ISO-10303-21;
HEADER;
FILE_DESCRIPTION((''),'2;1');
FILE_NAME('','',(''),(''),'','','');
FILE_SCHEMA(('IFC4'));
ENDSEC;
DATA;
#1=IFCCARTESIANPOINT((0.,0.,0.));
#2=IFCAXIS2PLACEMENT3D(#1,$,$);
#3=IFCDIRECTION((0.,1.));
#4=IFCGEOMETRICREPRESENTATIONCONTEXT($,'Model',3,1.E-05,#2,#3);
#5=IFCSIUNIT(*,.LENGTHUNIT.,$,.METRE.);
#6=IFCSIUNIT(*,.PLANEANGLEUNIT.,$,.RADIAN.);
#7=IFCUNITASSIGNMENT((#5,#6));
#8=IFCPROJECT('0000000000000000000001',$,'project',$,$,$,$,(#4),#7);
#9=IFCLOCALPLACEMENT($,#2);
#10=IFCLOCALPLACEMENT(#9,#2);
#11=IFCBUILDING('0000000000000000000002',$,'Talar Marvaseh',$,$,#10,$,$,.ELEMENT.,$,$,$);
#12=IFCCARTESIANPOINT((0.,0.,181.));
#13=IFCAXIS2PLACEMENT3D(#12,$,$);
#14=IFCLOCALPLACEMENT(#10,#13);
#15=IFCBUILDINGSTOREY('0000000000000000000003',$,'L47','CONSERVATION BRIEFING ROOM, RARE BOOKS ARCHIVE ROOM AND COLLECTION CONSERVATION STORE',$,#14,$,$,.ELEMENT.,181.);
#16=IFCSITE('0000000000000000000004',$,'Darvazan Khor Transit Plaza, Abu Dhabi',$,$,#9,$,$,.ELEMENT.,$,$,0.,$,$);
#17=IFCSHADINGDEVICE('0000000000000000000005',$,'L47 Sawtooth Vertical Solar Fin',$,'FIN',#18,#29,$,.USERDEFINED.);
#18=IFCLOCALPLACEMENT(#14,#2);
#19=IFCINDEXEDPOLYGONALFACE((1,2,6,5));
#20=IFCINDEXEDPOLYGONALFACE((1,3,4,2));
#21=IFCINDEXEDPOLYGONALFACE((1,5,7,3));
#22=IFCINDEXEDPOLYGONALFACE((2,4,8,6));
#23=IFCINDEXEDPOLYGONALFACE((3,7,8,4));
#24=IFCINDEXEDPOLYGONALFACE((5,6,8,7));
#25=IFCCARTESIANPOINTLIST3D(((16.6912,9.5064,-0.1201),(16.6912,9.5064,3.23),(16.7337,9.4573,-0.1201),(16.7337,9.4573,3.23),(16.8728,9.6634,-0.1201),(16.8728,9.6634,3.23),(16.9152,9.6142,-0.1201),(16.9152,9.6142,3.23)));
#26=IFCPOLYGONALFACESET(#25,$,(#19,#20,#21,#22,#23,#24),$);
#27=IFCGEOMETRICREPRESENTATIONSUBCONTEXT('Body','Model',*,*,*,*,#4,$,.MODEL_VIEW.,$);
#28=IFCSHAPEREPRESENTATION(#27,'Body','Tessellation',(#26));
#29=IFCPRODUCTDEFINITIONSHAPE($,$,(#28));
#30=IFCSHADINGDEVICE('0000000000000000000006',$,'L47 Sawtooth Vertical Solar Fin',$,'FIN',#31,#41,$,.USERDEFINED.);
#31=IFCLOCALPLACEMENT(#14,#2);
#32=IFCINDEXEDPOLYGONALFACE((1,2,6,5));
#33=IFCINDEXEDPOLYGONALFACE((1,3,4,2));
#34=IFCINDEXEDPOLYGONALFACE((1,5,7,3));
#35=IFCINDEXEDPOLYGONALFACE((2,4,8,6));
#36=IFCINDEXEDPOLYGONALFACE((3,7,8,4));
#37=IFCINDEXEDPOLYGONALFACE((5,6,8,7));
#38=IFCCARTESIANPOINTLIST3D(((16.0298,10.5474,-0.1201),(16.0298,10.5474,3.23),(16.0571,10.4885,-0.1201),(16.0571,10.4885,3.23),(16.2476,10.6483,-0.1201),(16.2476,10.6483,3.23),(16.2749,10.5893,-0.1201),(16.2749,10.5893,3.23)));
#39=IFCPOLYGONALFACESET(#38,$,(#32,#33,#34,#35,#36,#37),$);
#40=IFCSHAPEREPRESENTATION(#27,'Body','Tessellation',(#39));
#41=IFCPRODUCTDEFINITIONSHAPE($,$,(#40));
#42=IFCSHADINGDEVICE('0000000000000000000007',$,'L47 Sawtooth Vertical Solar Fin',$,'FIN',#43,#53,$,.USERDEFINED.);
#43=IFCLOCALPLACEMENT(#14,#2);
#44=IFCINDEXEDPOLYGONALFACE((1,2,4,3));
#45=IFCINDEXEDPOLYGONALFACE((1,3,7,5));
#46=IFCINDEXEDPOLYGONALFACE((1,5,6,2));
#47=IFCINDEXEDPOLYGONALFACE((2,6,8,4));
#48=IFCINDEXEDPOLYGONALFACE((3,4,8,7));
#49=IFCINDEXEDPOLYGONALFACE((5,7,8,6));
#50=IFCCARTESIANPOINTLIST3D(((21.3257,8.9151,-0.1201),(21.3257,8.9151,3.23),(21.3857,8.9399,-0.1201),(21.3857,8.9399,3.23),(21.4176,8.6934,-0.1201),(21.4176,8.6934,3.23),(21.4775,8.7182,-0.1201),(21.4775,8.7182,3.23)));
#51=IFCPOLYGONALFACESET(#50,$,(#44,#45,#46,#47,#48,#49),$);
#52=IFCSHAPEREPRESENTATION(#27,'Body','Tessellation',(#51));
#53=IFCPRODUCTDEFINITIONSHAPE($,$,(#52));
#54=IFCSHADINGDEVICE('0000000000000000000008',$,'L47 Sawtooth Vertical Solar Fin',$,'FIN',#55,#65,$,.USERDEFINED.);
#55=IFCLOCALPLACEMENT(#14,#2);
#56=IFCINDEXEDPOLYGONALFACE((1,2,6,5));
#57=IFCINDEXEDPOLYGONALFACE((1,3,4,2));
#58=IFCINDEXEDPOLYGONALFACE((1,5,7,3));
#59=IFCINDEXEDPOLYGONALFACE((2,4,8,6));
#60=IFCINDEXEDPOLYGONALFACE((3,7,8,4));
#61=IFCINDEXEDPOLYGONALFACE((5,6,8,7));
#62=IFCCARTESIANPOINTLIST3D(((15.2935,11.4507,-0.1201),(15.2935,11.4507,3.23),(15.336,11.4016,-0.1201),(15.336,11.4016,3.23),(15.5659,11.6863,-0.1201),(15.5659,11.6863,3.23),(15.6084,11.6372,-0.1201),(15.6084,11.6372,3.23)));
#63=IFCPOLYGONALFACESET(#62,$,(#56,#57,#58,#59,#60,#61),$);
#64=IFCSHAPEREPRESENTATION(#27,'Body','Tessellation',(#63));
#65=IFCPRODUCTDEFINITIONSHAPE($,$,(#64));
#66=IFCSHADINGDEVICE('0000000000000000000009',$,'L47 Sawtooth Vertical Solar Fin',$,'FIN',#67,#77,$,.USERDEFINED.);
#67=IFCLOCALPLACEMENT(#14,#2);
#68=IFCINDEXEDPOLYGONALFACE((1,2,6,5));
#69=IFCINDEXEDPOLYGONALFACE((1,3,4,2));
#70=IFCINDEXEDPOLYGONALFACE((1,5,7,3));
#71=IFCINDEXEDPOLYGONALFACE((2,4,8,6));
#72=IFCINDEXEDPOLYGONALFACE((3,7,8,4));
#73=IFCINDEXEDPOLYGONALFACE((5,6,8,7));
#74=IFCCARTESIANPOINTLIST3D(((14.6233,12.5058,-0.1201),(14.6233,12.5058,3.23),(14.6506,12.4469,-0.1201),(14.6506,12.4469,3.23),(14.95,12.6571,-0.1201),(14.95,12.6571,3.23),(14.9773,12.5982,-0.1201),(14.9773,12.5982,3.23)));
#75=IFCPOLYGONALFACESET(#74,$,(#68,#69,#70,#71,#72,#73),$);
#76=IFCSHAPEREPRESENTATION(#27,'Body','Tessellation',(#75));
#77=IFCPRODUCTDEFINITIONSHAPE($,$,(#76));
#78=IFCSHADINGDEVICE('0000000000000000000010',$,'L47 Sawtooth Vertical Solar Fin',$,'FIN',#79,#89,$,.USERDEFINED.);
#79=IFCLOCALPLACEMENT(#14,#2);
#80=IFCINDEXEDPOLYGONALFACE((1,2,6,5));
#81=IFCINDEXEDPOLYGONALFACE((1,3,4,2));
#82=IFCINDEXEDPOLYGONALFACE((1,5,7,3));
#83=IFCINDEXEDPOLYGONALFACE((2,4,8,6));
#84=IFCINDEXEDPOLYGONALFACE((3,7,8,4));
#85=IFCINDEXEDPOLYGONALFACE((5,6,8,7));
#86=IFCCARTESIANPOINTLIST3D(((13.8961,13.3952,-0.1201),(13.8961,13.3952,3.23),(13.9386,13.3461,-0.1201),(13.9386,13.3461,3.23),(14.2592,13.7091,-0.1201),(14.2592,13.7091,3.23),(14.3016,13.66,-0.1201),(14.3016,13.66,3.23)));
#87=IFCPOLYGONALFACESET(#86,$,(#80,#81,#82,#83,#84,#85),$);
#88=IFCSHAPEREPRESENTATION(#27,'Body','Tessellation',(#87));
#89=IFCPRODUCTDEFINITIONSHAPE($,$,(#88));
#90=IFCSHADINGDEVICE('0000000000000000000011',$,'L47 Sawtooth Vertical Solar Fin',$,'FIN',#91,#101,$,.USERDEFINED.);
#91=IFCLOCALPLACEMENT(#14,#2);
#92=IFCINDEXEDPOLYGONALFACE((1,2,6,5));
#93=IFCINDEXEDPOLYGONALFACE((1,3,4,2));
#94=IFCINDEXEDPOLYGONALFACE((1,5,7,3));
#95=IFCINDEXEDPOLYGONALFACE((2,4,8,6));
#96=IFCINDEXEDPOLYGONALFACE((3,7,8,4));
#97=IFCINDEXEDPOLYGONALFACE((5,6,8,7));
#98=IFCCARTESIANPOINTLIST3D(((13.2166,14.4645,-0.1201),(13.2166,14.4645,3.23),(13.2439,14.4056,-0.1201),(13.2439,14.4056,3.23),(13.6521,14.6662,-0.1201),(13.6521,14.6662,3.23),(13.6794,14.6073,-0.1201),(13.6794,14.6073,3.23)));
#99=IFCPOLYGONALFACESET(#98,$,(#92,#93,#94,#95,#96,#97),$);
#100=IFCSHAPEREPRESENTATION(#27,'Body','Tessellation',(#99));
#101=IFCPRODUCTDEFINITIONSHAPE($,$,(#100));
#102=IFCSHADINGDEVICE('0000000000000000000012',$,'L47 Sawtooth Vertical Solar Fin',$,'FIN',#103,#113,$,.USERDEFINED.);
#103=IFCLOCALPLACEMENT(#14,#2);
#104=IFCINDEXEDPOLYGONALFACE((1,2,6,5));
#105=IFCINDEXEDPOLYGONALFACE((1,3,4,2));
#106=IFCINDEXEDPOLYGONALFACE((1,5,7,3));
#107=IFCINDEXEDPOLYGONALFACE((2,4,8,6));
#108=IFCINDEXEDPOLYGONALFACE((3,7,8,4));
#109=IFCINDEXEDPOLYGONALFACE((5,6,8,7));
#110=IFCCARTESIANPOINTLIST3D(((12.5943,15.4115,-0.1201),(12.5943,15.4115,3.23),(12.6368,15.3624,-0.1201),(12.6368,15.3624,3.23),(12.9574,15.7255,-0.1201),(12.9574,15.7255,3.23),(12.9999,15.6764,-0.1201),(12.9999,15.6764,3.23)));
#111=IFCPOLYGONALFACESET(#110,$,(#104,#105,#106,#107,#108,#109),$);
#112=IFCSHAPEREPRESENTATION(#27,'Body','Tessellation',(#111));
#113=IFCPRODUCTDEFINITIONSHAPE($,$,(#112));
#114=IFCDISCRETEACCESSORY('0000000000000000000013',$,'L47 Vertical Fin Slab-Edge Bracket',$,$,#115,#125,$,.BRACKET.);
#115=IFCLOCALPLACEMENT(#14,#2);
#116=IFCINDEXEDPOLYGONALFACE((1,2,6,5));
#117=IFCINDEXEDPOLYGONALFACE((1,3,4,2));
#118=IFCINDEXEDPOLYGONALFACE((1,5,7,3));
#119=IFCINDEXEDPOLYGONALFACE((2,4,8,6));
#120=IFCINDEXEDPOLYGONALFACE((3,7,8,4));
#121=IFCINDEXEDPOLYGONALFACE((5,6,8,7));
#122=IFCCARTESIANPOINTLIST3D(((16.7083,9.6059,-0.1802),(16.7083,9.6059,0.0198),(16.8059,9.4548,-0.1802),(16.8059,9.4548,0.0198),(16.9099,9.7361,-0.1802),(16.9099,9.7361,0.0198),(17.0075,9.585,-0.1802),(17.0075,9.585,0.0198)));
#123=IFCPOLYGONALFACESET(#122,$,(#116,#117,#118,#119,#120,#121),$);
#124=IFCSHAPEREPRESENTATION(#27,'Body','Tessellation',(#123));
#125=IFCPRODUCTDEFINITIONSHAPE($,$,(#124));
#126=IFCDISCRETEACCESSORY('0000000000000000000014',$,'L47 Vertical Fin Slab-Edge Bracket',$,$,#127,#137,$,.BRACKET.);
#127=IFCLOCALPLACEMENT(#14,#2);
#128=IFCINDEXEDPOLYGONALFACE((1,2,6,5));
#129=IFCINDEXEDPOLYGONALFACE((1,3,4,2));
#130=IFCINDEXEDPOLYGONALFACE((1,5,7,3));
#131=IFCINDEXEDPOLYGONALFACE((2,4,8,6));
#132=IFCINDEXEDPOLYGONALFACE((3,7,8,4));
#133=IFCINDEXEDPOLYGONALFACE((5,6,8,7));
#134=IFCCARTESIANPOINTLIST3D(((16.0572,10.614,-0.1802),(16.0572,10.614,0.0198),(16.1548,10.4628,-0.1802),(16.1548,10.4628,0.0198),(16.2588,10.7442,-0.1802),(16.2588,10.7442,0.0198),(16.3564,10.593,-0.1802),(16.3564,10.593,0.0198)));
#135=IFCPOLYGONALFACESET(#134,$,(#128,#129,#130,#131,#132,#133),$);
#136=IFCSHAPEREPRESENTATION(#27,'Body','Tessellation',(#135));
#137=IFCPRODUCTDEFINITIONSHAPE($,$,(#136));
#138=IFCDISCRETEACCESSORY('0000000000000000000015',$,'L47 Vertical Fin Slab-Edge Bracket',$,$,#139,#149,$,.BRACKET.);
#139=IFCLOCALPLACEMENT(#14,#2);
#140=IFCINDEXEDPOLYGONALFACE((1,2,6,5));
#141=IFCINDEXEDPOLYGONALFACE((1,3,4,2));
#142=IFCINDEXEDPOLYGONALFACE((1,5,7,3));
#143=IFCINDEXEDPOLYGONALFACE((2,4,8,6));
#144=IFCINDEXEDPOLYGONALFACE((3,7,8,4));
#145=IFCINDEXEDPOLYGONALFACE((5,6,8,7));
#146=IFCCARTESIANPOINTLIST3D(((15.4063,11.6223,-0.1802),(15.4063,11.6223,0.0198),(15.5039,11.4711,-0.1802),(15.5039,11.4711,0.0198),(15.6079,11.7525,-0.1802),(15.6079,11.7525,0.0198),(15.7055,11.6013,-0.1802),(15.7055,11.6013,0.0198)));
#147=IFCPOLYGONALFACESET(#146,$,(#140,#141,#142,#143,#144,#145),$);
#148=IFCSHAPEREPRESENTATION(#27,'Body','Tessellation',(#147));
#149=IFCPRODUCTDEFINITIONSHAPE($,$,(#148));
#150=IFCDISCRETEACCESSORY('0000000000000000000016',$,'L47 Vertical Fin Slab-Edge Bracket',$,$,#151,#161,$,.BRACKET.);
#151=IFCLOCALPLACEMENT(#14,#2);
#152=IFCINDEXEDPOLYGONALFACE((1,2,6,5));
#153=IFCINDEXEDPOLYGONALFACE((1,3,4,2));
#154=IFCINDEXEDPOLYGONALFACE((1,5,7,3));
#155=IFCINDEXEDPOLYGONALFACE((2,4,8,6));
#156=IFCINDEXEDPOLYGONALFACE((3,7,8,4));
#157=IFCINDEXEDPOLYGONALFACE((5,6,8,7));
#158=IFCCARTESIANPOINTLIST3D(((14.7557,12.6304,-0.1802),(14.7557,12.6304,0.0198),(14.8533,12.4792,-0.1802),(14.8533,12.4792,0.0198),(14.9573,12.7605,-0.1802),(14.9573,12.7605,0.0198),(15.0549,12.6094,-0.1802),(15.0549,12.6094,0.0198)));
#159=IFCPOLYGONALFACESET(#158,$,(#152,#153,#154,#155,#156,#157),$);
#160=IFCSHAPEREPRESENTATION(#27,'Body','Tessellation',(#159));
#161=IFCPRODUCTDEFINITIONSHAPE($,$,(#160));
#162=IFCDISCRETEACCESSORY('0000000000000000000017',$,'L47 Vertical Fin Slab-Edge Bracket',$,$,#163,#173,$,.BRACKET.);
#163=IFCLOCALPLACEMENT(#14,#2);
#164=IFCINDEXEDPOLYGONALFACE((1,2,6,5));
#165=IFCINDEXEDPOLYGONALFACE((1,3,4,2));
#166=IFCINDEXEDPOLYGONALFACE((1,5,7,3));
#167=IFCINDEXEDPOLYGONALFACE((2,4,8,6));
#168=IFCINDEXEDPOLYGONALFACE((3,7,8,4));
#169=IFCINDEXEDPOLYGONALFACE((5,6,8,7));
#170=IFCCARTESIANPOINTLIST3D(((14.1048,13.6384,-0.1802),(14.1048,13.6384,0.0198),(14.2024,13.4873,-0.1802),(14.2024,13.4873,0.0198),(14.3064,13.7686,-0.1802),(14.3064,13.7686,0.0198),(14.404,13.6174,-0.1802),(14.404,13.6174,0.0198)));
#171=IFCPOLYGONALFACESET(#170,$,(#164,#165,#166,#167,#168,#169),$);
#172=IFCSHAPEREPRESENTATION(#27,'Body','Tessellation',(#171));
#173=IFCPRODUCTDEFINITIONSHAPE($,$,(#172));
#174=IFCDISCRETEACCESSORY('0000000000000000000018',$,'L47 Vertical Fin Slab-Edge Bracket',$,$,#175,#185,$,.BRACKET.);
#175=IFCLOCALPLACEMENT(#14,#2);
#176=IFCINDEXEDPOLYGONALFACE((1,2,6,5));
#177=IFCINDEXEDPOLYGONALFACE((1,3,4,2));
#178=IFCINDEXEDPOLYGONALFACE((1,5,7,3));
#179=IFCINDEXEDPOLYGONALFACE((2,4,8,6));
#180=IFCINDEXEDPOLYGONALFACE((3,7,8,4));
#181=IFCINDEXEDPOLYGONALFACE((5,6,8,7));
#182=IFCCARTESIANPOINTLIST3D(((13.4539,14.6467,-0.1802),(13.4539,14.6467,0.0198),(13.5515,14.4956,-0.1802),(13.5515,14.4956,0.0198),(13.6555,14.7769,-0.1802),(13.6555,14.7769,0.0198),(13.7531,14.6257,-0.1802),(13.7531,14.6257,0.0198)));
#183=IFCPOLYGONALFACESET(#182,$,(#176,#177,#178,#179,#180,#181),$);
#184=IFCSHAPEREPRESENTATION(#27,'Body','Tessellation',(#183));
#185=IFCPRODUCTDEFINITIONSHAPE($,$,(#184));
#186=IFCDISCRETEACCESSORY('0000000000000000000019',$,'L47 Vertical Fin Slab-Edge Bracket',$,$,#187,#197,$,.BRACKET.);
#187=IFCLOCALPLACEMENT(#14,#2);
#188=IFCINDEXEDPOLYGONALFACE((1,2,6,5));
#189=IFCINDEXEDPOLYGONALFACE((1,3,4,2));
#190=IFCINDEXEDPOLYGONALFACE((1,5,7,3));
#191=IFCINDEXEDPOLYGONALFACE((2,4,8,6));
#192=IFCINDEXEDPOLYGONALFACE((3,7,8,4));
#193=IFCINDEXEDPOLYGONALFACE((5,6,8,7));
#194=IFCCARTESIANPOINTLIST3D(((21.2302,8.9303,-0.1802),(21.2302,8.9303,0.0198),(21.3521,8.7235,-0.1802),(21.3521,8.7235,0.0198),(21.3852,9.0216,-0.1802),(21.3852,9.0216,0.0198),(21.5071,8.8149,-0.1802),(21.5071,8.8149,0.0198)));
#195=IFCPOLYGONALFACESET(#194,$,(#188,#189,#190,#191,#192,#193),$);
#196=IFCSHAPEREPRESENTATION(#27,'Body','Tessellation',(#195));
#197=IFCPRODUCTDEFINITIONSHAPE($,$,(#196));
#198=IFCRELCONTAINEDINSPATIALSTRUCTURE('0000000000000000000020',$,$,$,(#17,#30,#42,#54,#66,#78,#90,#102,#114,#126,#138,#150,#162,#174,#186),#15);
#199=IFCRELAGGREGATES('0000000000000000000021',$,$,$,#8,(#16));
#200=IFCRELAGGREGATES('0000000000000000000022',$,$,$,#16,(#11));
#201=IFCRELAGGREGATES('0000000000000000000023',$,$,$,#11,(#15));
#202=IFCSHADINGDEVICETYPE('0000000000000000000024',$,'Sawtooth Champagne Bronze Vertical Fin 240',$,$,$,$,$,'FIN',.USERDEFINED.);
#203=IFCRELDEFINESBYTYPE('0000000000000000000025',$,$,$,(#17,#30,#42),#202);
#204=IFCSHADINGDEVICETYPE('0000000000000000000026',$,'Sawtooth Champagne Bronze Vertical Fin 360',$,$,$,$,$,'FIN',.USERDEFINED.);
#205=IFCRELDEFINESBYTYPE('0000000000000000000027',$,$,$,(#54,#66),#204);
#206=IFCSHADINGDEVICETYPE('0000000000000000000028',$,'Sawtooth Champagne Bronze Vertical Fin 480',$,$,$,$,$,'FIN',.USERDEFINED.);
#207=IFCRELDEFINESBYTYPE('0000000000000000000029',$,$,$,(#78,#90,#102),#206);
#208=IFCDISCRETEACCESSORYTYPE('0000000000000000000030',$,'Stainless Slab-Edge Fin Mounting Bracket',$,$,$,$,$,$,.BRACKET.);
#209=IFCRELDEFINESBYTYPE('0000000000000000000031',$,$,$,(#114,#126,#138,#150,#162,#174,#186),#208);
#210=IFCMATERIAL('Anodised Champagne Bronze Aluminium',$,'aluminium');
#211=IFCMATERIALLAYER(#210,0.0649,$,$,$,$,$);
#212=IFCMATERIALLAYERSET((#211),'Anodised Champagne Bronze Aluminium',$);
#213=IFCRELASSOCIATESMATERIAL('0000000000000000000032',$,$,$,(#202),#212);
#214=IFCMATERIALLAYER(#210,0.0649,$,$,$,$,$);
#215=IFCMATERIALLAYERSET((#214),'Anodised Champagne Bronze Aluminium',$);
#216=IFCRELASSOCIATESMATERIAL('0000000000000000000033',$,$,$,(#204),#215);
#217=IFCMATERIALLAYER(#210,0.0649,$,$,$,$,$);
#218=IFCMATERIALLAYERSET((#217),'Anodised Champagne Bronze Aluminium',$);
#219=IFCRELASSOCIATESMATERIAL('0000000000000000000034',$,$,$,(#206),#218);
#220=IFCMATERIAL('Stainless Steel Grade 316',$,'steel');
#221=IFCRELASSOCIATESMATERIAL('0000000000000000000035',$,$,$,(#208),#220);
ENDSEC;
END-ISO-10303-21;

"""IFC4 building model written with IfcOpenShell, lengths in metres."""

from ifc_helpers import new_model, si_unit, direction, frame, origin, origin_2d, place, context, subcontext, project, spatial, rectangle, extrude, source, transform, mapped, material, layer, layer_set, type_object, type_shapes, element, save


model = new_model("IFC4")

# Units and contexts
model_context = context("Model", 3, precision=1e-05, world=origin(), true_north=direction((0.0, 1.0)))
body_context = subcontext(model_context, "Body", "Model", "MODEL_VIEW")
ifc_project = project(units=[si_unit("LENGTHUNIT", "METRE"), si_unit("PLANEANGLEUNIT", "RADIAN")], contexts=[model_context])

# Site, building, storey
site_placement = place(None, origin())
site = spatial("IfcSite", under=ifc_project, at=site_placement, Name="Darvazan Khor Transit Plaza, Abu Dhabi", CompositionType="ELEMENT", RefElevation=0.0)
building_placement = place(site_placement, origin())
building = spatial("IfcBuilding", under=site, at=building_placement, Name="Talar Marvaseh", CompositionType="ELEMENT")
storey_placement = place(building_placement, frame((0.0, 0.0, 181.0)))
storey = spatial("IfcBuildingStorey", under=building, at=storey_placement, Name="L47", Description="CONSERVATION BRIEFING ROOM, RARE BOOKS ARCHIVE ROOM AND COLLECTION CONSERVATION STORE", CompositionType="ELEMENT", Elevation=181.0)

# Shading devices
ifc_material_1 = material(Name="Anodised Champagne Bronze Aluminium", Category="aluminium")
ifc_layer_1 = layer(ifc_material_1, 0.0649)
ifc_layer_set_1 = layer_set([ifc_layer_1], Name="Anodised Champagne Bronze Aluminium")
shading_device_type_1 = type_object("IfcShadingDeviceType", Name="Sawtooth Champagne Bronze Vertical Fin 240", ElementType="FIN", PredefinedType="USERDEFINED", material=ifc_layer_set_1)
shared_shape_1 = source(origin(), body_context, "Body", "SweptSolid", [
    extrude(rectangle(XDim=0.24, YDim=0.0649, at=origin_2d()), origin(), (0.0, 0.0, 1.0), 3.3501),
])
type_shapes(shading_device_type_1, [shared_shape_1])
for number, where, z_axis, x_axis, name in (
    (1, (16.8032, 9.5603, -0.1201), (0.0, 0.0, 1.0), (-0.756425, -0.654081, 0.0), "L47 Sawtooth Vertical Solar Fin"),
    (2, (16.1523, 10.5684, -0.1201), (0.0, 0.0, 1.0), (-0.907411, -0.420244, 0.0), "L47 Sawtooth Vertical Solar Fin"),
    (3, (21.4016, 8.8167, -0.1201), (0.0, 0.0, 1.0), (0.382845, -0.923813, 0.0), "L47 Sawtooth Vertical Solar Fin"),
):
    element("IfcShadingDevice", number, at=place(storey_placement, frame(where, z_axis=z_axis, x_axis=x_axis)), inside=storey, type_object=shading_device_type_1, Name=name, ObjectType="FIN", PredefinedType="USERDEFINED", context=body_context, shape_type="MappedRepresentation", body=[
        mapped(shared_shape_1, transform((0.0, 0.0, 0.0), x_axis=(1.0, 0.0, 0.0), y_axis=(0.0, 1.0, 0.0), z_axis=(0.0, 0.0, 1.0), scale=1.0)),
    ])
ifc_layer_2 = layer(ifc_material_1, 0.0649)
ifc_layer_set_2 = layer_set([ifc_layer_2], Name="Anodised Champagne Bronze Aluminium")
shading_device_type_2 = type_object("IfcShadingDeviceType", Name="Sawtooth Champagne Bronze Vertical Fin 360", ElementType="FIN", PredefinedType="USERDEFINED", material=ifc_layer_set_2)
shared_shape_2 = source(origin(), body_context, "Body", "SweptSolid", [
    extrude(rectangle(XDim=0.3601, YDim=0.0649, at=origin_2d()), origin(), (0.0, 0.0, 1.0), 3.3501),
])
type_shapes(shading_device_type_2, [shared_shape_2])
for number, where, z_axis, x_axis, name in (
    (4, (15.4509, 11.5439, -0.1201), (0.0, 0.0, 1.0), (-0.756425, -0.654081, 0.0), "L47 Sawtooth Vertical Solar Fin"),
    (5, (14.8003, 12.552, -0.1201), (0.0, 0.0, 1.0), (-0.907411, -0.420244, 0.0), "L47 Sawtooth Vertical Solar Fin"),
):
    element("IfcShadingDevice", number, at=place(storey_placement, frame(where, z_axis=z_axis, x_axis=x_axis)), inside=storey, type_object=shading_device_type_2, Name=name, ObjectType="FIN", PredefinedType="USERDEFINED", context=body_context, shape_type="MappedRepresentation", body=[
        mapped(shared_shape_2, transform((0.0, 0.0, 0.0), x_axis=(1.0, 0.0, 0.0), y_axis=(0.0, 1.0, 0.0), z_axis=(0.0, 0.0, 1.0), scale=1.0)),
    ])
ifc_layer_3 = layer(ifc_material_1, 0.0649)
ifc_layer_set_3 = layer_set([ifc_layer_3], Name="Anodised Champagne Bronze Aluminium")
shading_device_type_3 = type_object("IfcShadingDeviceType", Name="Sawtooth Champagne Bronze Vertical Fin 480", ElementType="FIN", PredefinedType="USERDEFINED", material=ifc_layer_set_3)
shared_shape_3 = source(origin(), body_context, "Body", "SweptSolid", [
    extrude(rectangle(XDim=0.48, YDim=0.0649, at=origin_2d()), origin(), (0.0, 0.0, 1.0), 3.3501),
])
type_shapes(shading_device_type_3, [shared_shape_3])
for number, where, z_axis, x_axis, name in (
    (6, (14.0989, 13.5276, -0.1201), (0.0, 0.0, 1.0), (-0.756425, -0.654081, 0.0), "L47 Sawtooth Vertical Solar Fin"),
    (7, (13.448, 14.5359, -0.1201), (0.0, 0.0, 1.0), (-0.907411, -0.420244, 0.0), "L47 Sawtooth Vertical Solar Fin"),
    (8, (12.7971, 15.5439, -0.1201), (0.0, 0.0, 1.0), (-0.756425, -0.654081, 0.0), "L47 Sawtooth Vertical Solar Fin"),
):
    element("IfcShadingDevice", number, at=place(storey_placement, frame(where, z_axis=z_axis, x_axis=x_axis)), inside=storey, type_object=shading_device_type_3, Name=name, ObjectType="FIN", PredefinedType="USERDEFINED", context=body_context, shape_type="MappedRepresentation", body=[
        mapped(shared_shape_3, transform((0.0, 0.0, 0.0), x_axis=(1.0, 0.0, 0.0), y_axis=(0.0, 1.0, 0.0), z_axis=(0.0, 0.0, 1.0), scale=1.0)),
    ])

# Discrete accessories
ifc_material_2 = material(Name="Stainless Steel Grade 316", Category="steel")
discrete_accessory_type = type_object("IfcDiscreteAccessoryType", Name="Stainless Slab-Edge Fin Mounting Bracket", PredefinedType="BRACKET", material=ifc_material_2)
shared_shape_4 = source(origin(), body_context, "Body", "SweptSolid", [
    extrude(rectangle(XDim=0.24, YDim=0.1799, at=origin_2d()), origin(), (0.0, 0.0, 1.0), 0.2),
])
type_shapes(discrete_accessory_type, [shared_shape_4])
for number, where, z_axis, x_axis, name in (
    (9, (16.8579, 9.5955, -0.1802), (0.0, 0.0, 1.0), (-0.840094, -0.542442, 0.0), "L47 Vertical Fin Slab-Edge Bracket"),
    (10, (16.2068, 10.6035, -0.1802), (0.0, 0.0, 1.0), (-0.840094, -0.542442, 0.0), "L47 Vertical Fin Slab-Edge Bracket"),
    (11, (15.5559, 11.6118, -0.1802), (0.0, 0.0, 1.0), (-0.840094, -0.542442, 0.0), "L47 Vertical Fin Slab-Edge Bracket"),
    (12, (14.9053, 12.6199, -0.1802), (0.0, 0.0, 1.0), (-0.840094, -0.542442, 0.0), "L47 Vertical Fin Slab-Edge Bracket"),
    (13, (14.2544, 13.6279, -0.1802), (0.0, 0.0, 1.0), (-0.840094, -0.542442, 0.0), "L47 Vertical Fin Slab-Edge Bracket"),
    (14, (13.6035, 14.6362, -0.1802), (0.0, 0.0, 1.0), (-0.840094, -0.542442, 0.0), "L47 Vertical Fin Slab-Edge Bracket"),
    (15, (21.3687, 8.8726, -0.1802), (0.0, 0.0, 1.0), (0.507689, -0.861541, 0.0), "L47 Vertical Fin Slab-Edge Bracket"),
):
    element("IfcDiscreteAccessory", number, at=place(storey_placement, frame(where, z_axis=z_axis, x_axis=x_axis)), inside=storey, type_object=discrete_accessory_type, Name=name, PredefinedType="BRACKET", context=body_context, shape_type="MappedRepresentation", body=[
        mapped(shared_shape_4, transform((0.0, 0.0, 0.0), x_axis=(1.0, 0.0, 0.0), y_axis=(0.0, 1.0, 0.0), z_axis=(0.0, 0.0, 1.0), scale=1.0)),
    ])

save(model, "model.ifc")
